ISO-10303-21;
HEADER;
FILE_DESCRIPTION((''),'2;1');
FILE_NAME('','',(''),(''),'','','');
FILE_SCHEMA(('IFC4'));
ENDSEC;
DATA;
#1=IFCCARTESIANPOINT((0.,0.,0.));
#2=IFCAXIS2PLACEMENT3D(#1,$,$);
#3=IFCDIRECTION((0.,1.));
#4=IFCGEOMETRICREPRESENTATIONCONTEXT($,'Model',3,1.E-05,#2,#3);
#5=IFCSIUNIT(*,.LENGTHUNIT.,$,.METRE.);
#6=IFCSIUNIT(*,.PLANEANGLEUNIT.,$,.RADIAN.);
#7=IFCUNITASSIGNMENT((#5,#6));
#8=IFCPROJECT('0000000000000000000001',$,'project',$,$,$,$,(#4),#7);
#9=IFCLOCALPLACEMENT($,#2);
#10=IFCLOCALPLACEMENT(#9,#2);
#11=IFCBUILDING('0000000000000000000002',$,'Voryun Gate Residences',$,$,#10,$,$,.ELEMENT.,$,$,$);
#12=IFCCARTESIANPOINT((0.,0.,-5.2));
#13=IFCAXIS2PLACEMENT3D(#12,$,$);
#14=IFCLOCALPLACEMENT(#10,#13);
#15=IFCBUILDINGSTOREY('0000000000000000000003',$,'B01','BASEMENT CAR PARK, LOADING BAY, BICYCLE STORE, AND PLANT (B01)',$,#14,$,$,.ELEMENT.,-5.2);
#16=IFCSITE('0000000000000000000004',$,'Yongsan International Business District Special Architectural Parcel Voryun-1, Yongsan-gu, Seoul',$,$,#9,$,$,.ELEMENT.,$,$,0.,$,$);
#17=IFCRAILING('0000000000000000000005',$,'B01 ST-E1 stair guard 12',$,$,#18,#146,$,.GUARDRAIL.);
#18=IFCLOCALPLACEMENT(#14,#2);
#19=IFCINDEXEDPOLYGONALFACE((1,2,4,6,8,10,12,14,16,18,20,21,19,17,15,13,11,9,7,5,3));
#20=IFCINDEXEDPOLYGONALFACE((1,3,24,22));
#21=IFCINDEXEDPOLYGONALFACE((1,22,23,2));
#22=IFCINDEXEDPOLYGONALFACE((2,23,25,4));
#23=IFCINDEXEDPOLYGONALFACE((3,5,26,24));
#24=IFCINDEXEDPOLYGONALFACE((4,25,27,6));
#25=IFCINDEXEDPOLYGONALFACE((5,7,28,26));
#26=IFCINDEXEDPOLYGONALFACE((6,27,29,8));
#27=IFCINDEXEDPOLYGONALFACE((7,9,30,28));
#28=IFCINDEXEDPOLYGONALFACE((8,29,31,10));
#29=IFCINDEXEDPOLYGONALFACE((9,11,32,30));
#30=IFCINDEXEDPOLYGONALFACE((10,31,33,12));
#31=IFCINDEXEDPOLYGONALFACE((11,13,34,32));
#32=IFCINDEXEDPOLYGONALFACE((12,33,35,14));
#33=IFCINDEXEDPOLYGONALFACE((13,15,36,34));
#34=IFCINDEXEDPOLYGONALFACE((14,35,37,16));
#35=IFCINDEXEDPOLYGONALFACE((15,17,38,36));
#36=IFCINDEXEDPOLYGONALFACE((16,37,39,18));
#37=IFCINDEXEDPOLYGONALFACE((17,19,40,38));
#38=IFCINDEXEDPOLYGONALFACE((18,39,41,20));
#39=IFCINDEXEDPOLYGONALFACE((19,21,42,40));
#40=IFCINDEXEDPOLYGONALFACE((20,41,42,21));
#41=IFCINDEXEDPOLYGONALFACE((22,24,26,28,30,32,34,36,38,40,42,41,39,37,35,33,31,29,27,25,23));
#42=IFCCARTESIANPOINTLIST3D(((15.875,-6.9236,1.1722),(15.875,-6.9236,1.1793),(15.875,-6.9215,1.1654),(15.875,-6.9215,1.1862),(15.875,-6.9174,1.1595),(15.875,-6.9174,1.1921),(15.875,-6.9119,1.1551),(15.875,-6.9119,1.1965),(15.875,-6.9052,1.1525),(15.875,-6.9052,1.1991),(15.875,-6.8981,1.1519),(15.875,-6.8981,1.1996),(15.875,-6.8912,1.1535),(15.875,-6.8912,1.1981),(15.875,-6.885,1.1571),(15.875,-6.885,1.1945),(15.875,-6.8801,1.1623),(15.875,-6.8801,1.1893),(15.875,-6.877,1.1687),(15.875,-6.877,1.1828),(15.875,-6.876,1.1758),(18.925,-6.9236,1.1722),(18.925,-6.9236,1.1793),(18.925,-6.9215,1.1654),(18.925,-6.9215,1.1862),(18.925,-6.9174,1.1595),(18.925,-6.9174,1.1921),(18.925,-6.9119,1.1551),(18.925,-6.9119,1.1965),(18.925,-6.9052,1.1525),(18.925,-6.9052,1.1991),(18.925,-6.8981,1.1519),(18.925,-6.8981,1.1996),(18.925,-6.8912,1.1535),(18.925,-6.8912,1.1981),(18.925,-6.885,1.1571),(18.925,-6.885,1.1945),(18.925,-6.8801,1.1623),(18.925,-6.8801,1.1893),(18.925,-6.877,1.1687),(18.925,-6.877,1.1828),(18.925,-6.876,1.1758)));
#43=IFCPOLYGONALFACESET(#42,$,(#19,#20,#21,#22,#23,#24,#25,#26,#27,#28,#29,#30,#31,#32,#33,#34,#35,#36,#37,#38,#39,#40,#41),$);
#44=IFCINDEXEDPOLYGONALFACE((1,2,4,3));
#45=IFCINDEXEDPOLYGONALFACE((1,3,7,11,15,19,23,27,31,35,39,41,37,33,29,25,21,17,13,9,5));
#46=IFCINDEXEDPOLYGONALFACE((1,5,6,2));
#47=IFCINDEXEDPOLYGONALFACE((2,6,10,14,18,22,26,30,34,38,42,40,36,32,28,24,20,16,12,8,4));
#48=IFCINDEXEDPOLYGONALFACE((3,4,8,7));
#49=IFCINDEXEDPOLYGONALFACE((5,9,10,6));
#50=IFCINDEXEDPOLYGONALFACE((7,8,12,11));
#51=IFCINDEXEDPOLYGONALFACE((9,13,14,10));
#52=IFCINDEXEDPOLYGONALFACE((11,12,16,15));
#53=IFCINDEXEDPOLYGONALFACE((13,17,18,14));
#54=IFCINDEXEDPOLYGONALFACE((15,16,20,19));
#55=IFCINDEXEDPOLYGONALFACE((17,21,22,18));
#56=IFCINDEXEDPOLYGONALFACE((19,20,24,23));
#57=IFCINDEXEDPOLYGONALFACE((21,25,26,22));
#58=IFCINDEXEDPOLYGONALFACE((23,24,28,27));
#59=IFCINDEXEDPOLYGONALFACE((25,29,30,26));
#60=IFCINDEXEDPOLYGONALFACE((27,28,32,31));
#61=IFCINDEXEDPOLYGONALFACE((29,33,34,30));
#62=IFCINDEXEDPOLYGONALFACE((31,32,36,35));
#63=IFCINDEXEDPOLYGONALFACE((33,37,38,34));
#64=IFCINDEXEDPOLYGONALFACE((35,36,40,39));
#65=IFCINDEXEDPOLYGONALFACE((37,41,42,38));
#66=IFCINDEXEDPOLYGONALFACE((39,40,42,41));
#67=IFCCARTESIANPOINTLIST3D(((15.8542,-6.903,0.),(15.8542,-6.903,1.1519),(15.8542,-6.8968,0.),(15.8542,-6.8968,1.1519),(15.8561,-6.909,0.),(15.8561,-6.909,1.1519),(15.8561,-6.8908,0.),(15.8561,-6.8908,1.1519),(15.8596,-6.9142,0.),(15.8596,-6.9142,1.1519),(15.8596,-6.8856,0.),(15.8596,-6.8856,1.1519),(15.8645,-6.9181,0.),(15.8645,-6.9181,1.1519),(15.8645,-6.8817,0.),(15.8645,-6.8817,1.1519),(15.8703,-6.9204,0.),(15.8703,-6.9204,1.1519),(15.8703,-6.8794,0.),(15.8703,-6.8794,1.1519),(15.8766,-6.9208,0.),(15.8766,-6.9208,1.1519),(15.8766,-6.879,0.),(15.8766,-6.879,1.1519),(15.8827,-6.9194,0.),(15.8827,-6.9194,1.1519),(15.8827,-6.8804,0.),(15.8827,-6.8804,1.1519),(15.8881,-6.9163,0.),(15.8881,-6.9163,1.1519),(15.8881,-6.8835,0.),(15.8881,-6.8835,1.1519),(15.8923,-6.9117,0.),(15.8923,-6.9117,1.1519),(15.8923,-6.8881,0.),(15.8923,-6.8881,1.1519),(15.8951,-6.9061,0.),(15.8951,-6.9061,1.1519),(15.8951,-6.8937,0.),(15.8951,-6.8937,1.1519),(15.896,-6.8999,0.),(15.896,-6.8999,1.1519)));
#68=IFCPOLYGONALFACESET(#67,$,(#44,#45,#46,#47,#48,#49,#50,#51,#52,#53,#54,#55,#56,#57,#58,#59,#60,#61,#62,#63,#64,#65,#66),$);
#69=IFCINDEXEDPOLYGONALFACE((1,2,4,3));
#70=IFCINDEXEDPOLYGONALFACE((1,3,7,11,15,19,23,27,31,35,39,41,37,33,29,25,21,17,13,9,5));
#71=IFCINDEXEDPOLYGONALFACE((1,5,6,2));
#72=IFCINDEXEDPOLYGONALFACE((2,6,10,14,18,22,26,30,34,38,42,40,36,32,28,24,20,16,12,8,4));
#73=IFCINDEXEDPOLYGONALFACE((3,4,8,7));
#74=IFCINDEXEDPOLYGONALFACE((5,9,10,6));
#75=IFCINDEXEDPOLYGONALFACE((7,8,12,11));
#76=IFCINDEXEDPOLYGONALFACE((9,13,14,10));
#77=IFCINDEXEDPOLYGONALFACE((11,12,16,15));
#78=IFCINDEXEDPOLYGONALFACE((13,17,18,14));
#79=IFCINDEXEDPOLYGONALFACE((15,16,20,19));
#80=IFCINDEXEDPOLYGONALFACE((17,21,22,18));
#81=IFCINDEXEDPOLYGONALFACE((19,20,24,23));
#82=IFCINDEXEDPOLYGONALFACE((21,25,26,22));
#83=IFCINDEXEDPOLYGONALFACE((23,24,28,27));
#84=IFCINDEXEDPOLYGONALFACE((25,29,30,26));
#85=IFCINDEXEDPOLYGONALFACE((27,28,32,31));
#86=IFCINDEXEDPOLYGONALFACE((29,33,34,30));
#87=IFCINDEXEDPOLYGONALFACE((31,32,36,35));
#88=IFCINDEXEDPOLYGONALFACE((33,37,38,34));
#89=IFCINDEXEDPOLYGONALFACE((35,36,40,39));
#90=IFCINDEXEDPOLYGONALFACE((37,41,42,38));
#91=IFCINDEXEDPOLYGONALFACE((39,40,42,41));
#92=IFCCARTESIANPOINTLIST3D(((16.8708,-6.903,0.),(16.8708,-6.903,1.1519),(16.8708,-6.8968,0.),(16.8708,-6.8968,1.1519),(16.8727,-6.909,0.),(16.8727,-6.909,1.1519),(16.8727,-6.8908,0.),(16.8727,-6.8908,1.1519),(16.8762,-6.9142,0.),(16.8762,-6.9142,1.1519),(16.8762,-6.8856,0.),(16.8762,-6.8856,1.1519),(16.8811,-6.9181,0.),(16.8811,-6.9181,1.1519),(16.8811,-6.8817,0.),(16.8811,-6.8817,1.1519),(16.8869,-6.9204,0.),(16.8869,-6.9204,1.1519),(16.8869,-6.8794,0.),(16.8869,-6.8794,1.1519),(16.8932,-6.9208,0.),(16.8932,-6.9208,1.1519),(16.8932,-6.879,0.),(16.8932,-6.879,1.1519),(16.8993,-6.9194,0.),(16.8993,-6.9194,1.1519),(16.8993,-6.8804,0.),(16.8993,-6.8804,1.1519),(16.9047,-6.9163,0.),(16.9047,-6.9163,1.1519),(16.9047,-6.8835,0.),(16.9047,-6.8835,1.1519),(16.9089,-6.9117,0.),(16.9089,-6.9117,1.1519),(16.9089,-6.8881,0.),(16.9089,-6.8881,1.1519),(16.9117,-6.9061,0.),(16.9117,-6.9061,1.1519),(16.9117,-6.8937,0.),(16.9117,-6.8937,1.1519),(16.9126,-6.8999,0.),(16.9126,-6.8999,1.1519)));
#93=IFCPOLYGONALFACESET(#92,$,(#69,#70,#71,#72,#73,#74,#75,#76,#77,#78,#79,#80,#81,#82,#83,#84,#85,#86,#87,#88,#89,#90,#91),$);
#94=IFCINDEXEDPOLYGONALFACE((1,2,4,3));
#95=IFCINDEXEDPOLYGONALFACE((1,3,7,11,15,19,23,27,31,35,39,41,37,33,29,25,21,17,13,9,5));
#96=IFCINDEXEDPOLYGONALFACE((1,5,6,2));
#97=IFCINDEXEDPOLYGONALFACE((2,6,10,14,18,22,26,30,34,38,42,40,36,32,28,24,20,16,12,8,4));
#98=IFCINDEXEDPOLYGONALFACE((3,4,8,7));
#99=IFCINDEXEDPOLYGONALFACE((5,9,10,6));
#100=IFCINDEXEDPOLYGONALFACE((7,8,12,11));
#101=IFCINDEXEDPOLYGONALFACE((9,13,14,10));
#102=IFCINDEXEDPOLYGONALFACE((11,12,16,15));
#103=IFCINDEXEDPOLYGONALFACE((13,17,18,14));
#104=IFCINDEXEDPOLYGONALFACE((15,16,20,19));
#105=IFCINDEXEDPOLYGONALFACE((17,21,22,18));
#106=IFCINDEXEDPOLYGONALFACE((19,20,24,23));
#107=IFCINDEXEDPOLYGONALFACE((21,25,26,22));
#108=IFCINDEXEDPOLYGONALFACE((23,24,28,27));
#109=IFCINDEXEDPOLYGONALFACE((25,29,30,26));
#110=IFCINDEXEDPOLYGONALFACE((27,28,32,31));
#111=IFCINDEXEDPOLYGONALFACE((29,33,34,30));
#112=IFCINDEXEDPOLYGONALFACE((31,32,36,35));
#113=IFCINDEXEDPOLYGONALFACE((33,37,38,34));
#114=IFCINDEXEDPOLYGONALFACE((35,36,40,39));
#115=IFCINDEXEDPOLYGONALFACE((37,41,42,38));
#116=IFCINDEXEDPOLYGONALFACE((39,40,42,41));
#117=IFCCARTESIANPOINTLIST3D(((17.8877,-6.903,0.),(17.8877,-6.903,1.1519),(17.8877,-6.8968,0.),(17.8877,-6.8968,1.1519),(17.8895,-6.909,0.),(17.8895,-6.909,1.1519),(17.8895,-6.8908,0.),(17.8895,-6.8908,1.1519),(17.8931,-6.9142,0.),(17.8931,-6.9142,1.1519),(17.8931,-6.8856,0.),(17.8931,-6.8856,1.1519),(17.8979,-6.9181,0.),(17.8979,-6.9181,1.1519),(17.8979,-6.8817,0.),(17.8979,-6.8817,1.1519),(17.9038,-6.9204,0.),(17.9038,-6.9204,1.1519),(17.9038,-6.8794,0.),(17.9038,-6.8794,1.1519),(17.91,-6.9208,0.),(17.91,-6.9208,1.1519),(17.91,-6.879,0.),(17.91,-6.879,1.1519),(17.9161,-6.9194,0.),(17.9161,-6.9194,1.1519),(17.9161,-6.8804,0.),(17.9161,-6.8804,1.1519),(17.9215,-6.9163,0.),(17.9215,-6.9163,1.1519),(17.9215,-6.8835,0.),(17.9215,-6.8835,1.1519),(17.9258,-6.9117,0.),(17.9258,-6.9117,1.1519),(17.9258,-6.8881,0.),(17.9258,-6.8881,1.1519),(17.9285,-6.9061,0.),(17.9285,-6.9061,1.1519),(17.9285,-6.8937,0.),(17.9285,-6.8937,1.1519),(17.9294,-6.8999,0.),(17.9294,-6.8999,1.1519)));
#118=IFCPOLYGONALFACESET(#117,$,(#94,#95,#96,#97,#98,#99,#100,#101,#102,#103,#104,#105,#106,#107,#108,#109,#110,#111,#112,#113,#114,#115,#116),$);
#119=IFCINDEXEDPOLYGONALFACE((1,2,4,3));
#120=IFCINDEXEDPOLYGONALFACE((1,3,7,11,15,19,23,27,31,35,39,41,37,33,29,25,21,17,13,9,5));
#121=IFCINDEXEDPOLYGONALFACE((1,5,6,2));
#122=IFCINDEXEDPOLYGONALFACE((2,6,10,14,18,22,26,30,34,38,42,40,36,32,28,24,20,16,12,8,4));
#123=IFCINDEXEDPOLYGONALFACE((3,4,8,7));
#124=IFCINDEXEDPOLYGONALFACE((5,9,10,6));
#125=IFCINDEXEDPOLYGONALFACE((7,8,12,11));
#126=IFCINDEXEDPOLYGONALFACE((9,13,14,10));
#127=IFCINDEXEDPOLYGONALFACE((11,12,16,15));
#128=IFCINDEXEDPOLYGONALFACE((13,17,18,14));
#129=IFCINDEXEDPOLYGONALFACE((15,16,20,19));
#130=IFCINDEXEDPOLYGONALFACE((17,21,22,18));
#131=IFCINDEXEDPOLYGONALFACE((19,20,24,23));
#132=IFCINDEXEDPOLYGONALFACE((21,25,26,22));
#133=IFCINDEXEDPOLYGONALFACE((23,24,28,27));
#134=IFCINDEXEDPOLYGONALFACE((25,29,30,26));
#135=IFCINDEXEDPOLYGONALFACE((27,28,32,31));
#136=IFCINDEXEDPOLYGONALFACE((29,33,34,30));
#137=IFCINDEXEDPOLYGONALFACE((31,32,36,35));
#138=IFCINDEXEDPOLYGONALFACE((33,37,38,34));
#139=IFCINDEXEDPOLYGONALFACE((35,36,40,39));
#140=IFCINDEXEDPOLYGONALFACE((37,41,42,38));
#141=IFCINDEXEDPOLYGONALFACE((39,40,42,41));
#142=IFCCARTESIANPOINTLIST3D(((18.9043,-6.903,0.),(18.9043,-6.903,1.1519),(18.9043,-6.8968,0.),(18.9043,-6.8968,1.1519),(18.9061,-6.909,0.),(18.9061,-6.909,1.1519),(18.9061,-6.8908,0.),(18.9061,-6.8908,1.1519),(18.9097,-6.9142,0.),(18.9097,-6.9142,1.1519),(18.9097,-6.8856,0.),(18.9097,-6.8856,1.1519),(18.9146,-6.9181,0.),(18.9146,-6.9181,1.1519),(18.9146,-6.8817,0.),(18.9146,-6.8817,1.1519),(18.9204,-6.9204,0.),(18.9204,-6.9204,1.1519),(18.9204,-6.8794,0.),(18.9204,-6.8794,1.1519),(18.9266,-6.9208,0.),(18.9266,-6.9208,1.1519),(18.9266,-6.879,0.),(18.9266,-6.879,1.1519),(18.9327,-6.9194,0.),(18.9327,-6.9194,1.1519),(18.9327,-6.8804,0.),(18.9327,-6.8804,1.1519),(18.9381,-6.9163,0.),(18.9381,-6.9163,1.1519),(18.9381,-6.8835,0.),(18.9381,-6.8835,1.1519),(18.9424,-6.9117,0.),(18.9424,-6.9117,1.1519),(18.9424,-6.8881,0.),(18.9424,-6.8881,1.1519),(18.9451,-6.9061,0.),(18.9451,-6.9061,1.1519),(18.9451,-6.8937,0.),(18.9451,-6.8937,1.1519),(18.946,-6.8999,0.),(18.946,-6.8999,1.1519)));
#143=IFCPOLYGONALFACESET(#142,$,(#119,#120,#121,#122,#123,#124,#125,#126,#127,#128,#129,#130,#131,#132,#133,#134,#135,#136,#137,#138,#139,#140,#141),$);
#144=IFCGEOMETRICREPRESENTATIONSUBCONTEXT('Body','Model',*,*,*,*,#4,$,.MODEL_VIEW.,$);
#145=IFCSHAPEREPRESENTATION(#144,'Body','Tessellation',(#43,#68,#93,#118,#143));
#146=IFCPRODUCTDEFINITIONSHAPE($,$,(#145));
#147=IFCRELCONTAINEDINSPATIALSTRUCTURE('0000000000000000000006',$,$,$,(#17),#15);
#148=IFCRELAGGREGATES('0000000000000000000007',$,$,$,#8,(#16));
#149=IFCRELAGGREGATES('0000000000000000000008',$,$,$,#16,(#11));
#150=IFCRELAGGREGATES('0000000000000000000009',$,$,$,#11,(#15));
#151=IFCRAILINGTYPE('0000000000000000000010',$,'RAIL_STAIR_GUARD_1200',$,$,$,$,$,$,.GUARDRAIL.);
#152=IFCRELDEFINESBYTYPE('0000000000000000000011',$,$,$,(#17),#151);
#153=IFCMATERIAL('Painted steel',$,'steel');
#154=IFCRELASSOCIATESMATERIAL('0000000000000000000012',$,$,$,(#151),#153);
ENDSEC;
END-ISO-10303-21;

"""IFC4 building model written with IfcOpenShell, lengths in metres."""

from ifc_helpers import new_model, si_unit, direction, frame, origin, origin_2d, place, context, subcontext, project, spatial, circle, extrude, material, type_object, element, save


model = new_model("IFC4")

# Units and contexts
model_context = context("Model", 3, precision=1e-05, world=origin(), true_north=direction((0.0, 1.0)))
body_context = subcontext(model_context, "Body", "Model", "MODEL_VIEW")
ifc_project = project(units=[si_unit("LENGTHUNIT", "METRE"), si_unit("PLANEANGLEUNIT", "RADIAN")], contexts=[model_context])

# Site, building, storey
site_placement = place(None, origin())
site = spatial("IfcSite", under=ifc_project, at=site_placement, Name="Yongsan International Business District Special Architectural Parcel Voryun-1, Yongsan-gu, Seoul", CompositionType="ELEMENT", RefElevation=0.0)
building_placement = place(site_placement, origin())
building = spatial("IfcBuilding", under=site, at=building_placement, Name="Voryun Gate Residences", CompositionType="ELEMENT")
storey_placement = place(building_placement, frame((0.0, 0.0, -5.2)))
storey = spatial("IfcBuildingStorey", under=building, at=storey_placement, Name="B01", Description="BASEMENT CAR PARK, LOADING BAY, BICYCLE STORE, AND PLANT (B01)", CompositionType="ELEMENT", Elevation=-5.2)

# Railing
ifc_material_1 = material(Name="Painted steel", Category="steel")
railing_type = type_object("IfcRailingType", Name="RAIL_STAIR_GUARD_1200", PredefinedType="GUARDRAIL", material=ifc_material_1)
railing_placement = place(storey_placement, frame((15.875, -6.8999, 0.0)))
element("IfcRailing", 1, at=railing_placement, inside=storey, type_object=railing_type, Name="B01 ST-E1 stair guard 12", PredefinedType="GUARDRAIL", context=body_context, shape_type="SweptSolid", body=[
    extrude(circle(Radius=0.0239, at=origin_2d()), frame((0.0, 0.0, 1.1758), z_axis=(1.0, 0.0, 0.0), x_axis=(0.0, 1.0, 0.0)), (0.0, 0.0, 1.0), 3.05),
    extrude(circle(Radius=0.021, at=origin_2d()), origin(), (0.0, 0.0, 1.0), 1.1519),
    extrude(circle(Radius=0.021, at=origin_2d()), frame((1.0166, 0.0, 0.0)), (0.0, 0.0, 1.0), 1.1519),
    extrude(circle(Radius=0.021, at=origin_2d()), frame((2.0334, 0.0, 0.0)), (0.0, 0.0, 1.0), 1.1519),
    extrude(circle(Radius=0.021, at=origin_2d()), frame((3.05, 0.0, 0.0)), (0.0, 0.0, 1.0), 1.1519),
])

save(model, "model.ifc")
